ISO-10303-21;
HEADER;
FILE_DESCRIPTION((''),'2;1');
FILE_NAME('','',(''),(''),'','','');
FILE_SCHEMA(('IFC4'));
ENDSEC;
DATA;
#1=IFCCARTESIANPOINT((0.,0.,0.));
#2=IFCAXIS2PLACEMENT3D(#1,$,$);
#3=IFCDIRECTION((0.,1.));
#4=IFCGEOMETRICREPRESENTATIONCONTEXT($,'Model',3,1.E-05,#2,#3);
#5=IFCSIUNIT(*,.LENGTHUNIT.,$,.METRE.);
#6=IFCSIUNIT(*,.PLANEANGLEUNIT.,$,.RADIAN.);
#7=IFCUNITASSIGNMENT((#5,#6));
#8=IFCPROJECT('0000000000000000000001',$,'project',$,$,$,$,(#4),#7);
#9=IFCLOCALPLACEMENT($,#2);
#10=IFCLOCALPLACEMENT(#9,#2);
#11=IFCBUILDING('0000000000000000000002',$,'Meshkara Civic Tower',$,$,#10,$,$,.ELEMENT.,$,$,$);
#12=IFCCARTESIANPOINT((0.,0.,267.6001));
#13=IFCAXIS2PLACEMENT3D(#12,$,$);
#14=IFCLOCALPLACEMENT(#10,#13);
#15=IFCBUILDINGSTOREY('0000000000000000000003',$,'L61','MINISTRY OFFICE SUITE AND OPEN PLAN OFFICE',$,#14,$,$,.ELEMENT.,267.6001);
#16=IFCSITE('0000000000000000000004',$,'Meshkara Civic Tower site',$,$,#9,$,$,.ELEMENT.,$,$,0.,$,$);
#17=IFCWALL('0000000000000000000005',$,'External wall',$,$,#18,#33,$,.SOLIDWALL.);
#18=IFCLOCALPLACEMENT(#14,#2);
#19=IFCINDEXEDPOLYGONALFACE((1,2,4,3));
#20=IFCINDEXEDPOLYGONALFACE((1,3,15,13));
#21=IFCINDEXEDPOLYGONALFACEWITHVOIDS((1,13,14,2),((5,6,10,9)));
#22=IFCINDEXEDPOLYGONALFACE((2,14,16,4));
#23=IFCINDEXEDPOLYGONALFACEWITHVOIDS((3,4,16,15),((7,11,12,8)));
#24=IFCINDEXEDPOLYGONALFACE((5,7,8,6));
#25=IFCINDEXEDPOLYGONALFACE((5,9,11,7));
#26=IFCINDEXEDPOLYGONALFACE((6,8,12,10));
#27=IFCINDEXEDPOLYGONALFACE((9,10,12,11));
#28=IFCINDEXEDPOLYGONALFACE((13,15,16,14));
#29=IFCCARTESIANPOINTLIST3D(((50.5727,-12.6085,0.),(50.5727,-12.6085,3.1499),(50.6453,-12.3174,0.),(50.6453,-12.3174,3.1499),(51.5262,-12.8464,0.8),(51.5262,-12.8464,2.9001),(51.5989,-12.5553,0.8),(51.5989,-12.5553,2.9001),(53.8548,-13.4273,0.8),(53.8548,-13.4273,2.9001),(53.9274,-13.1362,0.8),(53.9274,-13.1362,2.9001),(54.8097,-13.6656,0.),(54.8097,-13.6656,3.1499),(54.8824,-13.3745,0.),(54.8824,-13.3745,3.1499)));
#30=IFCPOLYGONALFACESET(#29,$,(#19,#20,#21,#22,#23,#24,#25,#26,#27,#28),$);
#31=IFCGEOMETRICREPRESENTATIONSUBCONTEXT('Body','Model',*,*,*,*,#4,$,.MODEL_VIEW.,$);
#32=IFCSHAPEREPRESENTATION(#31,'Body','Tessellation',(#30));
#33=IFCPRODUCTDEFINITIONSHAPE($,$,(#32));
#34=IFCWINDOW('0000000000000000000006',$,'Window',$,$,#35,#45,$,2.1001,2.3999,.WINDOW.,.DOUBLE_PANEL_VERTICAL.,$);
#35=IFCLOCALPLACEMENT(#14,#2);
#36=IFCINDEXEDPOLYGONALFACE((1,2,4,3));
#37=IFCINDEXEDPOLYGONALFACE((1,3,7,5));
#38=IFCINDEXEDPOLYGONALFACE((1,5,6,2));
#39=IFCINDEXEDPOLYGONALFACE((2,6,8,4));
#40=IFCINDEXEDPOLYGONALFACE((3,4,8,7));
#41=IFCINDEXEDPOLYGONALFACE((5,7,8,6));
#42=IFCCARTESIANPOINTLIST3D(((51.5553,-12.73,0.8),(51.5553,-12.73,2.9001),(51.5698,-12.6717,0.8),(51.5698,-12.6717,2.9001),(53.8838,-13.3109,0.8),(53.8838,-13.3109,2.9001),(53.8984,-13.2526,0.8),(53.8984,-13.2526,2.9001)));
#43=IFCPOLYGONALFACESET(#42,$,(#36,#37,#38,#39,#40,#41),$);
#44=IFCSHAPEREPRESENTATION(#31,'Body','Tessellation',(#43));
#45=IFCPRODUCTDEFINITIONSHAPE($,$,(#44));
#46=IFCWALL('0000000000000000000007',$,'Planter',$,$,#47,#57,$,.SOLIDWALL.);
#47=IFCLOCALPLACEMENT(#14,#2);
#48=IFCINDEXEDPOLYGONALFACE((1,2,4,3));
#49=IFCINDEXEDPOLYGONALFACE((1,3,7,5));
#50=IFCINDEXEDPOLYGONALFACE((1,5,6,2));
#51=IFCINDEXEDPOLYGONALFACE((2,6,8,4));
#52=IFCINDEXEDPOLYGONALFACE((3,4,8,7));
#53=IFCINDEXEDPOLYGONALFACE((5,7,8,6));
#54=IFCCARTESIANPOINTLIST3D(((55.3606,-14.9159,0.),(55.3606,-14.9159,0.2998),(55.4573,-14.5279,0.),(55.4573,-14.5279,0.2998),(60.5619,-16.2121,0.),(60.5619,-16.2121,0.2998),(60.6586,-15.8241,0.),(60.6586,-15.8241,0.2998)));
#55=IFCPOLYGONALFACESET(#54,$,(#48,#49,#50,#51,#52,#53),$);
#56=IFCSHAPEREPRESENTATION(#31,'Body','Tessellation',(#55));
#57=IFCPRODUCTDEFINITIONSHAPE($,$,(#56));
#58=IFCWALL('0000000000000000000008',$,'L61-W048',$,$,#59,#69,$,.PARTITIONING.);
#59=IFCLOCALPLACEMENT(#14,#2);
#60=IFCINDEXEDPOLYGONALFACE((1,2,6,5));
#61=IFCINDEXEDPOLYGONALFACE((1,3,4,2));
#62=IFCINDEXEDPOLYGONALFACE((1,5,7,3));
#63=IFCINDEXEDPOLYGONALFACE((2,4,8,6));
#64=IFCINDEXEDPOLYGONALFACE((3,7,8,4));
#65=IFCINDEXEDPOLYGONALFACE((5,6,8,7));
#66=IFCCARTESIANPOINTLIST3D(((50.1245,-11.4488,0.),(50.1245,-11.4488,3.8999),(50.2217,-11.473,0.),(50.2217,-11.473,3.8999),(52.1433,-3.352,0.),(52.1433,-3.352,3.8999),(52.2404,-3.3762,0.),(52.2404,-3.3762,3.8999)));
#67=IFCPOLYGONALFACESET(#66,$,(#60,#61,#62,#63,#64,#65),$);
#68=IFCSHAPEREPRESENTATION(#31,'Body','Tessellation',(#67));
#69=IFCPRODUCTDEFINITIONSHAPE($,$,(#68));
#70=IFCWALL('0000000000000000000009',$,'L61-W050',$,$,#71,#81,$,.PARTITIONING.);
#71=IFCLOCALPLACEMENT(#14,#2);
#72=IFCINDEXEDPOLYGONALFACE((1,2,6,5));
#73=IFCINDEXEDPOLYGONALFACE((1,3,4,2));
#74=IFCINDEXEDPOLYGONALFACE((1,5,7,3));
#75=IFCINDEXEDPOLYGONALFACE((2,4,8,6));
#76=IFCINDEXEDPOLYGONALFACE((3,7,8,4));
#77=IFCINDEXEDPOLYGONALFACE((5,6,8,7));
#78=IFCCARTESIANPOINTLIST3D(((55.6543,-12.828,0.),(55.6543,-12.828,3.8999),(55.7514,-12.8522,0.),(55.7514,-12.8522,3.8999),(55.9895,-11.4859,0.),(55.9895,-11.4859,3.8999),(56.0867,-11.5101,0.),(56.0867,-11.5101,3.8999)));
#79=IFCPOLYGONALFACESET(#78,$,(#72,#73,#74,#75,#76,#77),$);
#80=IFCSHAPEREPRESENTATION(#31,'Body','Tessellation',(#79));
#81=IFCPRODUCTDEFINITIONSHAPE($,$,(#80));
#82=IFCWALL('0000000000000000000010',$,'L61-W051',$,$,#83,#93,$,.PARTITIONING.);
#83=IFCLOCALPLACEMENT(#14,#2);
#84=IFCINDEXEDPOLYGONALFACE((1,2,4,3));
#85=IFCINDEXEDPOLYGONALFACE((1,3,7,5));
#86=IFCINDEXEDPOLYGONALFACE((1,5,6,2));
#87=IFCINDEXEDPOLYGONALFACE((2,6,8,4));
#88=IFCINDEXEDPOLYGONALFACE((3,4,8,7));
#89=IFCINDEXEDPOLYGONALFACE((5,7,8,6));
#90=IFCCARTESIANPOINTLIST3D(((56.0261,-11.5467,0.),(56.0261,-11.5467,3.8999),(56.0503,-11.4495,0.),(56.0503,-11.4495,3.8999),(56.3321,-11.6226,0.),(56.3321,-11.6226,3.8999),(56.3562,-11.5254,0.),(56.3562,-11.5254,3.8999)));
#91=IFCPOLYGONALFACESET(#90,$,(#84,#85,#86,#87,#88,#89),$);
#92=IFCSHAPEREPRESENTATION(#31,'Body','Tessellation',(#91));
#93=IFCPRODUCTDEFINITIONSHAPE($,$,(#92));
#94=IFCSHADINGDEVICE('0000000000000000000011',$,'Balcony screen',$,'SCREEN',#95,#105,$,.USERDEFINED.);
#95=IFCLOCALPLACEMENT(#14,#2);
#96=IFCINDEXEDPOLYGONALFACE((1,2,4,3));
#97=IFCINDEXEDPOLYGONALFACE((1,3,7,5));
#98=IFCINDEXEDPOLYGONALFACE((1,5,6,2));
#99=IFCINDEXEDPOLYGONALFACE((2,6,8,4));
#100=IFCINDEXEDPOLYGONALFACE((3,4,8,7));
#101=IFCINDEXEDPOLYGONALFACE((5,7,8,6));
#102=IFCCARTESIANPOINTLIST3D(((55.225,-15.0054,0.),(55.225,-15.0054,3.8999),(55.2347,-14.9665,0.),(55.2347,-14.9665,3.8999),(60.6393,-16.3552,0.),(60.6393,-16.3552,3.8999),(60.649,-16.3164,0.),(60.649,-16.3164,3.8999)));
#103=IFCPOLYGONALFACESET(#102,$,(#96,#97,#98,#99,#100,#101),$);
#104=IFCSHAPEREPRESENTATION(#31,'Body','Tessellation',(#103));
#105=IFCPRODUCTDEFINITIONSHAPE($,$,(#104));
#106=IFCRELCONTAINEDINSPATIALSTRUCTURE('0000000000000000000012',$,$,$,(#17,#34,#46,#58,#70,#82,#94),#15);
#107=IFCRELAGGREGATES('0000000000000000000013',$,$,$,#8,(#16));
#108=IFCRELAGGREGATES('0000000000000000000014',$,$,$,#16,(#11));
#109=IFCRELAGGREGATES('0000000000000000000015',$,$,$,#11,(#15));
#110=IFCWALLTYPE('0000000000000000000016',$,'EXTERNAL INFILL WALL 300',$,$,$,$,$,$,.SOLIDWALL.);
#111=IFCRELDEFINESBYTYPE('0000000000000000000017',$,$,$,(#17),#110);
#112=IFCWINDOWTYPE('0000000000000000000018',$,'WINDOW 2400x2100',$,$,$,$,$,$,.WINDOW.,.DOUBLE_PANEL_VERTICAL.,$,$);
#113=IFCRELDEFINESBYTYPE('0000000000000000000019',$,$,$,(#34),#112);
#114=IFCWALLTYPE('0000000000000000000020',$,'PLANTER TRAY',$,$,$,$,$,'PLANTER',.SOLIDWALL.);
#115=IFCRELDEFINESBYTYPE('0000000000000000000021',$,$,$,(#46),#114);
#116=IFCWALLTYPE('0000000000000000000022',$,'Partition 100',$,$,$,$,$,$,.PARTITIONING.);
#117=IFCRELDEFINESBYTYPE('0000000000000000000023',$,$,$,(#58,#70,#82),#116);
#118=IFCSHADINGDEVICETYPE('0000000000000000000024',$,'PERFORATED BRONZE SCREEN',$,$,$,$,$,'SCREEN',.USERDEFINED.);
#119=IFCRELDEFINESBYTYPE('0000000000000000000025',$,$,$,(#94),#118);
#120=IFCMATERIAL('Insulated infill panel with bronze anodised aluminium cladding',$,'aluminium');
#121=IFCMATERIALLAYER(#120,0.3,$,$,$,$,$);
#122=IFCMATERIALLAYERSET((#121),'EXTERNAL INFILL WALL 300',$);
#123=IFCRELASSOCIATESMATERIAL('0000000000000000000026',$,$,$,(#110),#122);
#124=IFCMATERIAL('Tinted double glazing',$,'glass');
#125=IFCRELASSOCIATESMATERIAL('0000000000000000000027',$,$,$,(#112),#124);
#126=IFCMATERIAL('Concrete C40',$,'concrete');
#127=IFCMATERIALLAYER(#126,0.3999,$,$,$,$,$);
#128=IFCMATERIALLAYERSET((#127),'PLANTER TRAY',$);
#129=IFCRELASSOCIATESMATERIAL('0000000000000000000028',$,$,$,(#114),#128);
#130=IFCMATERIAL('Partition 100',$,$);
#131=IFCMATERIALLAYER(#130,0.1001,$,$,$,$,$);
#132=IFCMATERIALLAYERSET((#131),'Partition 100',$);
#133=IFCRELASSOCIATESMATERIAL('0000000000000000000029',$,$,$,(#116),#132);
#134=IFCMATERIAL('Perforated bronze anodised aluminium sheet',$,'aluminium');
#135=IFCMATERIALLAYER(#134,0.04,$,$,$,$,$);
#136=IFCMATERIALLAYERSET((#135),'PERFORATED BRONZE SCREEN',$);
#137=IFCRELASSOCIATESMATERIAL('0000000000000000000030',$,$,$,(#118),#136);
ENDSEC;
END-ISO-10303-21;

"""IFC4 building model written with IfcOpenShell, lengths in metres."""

from ifc_helpers import new_model, si_unit, direction, frame, frame_2d, origin, origin_2d, place, context, subcontext, project, spatial, rectangle, extrude, material, layer, layer_set, type_object, element, fill, save


model = new_model("IFC4")

# Units and contexts
model_context = context("Model", 3, precision=1e-05, world=origin(), true_north=direction((0.0, 1.0)))
body_context = subcontext(model_context, "Body", "Model", "MODEL_VIEW")
ifc_project = project(units=[si_unit("LENGTHUNIT", "METRE"), si_unit("PLANEANGLEUNIT", "RADIAN")], contexts=[model_context])

# Site, building, storey
site_placement = place(None, origin())
site = spatial("IfcSite", under=ifc_project, at=site_placement, Name="Meshkara Civic Tower site", CompositionType="ELEMENT", RefElevation=0.0)
building_placement = place(site_placement, origin())
building = spatial("IfcBuilding", under=site, at=building_placement, Name="Meshkara Civic Tower", CompositionType="ELEMENT")
storey_placement = place(building_placement, frame((0.0, 0.0, 267.6001)))
storey = spatial("IfcBuildingStorey", under=building, at=storey_placement, Name="L61", Description="MINISTRY OFFICE SUITE AND OPEN PLAN OFFICE", CompositionType="ELEMENT", Elevation=267.6001)

# Wall, opening, window
ifc_material_1 = material(Name="Insulated infill panel with bronze anodised aluminium cladding", Category="aluminium")
ifc_layer_1 = layer(ifc_material_1, 0.3)
ifc_layer_set_1 = layer_set([ifc_layer_1], Name="EXTERNAL INFILL WALL 300")
wall_type_1 = type_object("IfcWallType", Name="EXTERNAL INFILL WALL 300", PredefinedType="SOLIDWALL", material=ifc_layer_set_1)
ifc_material_2 = material(Name="Tinted double glazing", Category="glass")
window_type = type_object("IfcWindowType", Name="WINDOW 2400x2100", PartitioningType="DOUBLE_PANEL_VERTICAL", PredefinedType="WINDOW", material=ifc_material_2)
wall_1_placement = place(storey_placement, frame((50.6089, -12.4629, 0.0), z_axis=(0.0, 0.0, 1.0), x_axis=(0.970257, -0.242075, 0.0)))
wall_1 = element("IfcWall", 1, at=wall_1_placement, inside=storey, type_object=wall_type_1, Name="External wall", PredefinedType="SOLIDWALL", context=body_context, shape_type="SweptSolid", body=[
    extrude(rectangle(XDim=4.3669, YDim=0.3, at=frame_2d((2.1836, 0.0))), origin(), (0.0, 0.0, 1.0), 3.1499),
])
opening_1_placement = place(wall_1_placement, frame((0.9829, 0.0, 0.8)))
opening_1 = element("IfcOpeningElement", 2, at=opening_1_placement, cuts=wall_1, PredefinedType="OPENING", context=body_context, shape_type="SweptSolid", body=[
    extrude(rectangle(XDim=2.3999, YDim=2.1001, at=frame_2d((1.2, 1.05))), frame((0.0, 0.1599, 0.0), z_axis=(0.0, -1.0, 0.0), x_axis=(1.0, 0.0, 0.0)), (0.0, 0.0, 1.0), 0.3201),
])
window_1_placement = place(opening_1_placement, origin())
window_1 = element("IfcWindow", 3, at=window_1_placement, inside=storey, type_object=window_type, Name="Window", OverallHeight=2.1001, OverallWidth=2.3999, PartitioningType="DOUBLE_PANEL_VERTICAL", PredefinedType="WINDOW", context=body_context, shape_type="SweptSolid", body=[
    extrude(rectangle(XDim=2.3999, YDim=2.1001, at=frame_2d((1.2, 1.05))), frame((0.0, 0.03, 0.0), z_axis=(0.0, -1.0, 0.0), x_axis=(1.0, 0.0, 0.0)), (0.0, 0.0, 1.0), 0.0601),
])
fill(opening_1, window_1)

# Walls
ifc_material_3 = material(Name="Concrete C40", Category="concrete")
ifc_layer_2 = layer(ifc_material_3, 0.3999)
ifc_layer_set_2 = layer_set([ifc_layer_2], Name="PLANTER TRAY")
wall_type_2 = type_object("IfcWallType", Name="PLANTER TRAY", ElementType="PLANTER", PredefinedType="SOLIDWALL", material=ifc_layer_set_2)
wall_2_placement = place(storey_placement, frame((55.4089, -14.7219, 0.0), z_axis=(0.0, 0.0, 1.0), x_axis=(0.970324, -0.241807, 0.0)))
element("IfcWall", 4, at=wall_2_placement, inside=storey, type_object=wall_type_2, Name="Planter", PredefinedType="SOLIDWALL", context=body_context, shape_type="SweptSolid", body=[
    extrude(rectangle(XDim=5.3604, YDim=0.3999, at=frame_2d((2.6802, 0.0))), origin(), (0.0, 0.0, 1.0), 0.2998),
])
ifc_material_4 = material(Name="Partition 100")
ifc_layer_3 = layer(ifc_material_4, 0.1001)
ifc_layer_set_3 = layer_set([ifc_layer_3], Name="Partition 100")
wall_type_3 = type_object("IfcWallType", Name="Partition 100", PredefinedType="PARTITIONING", material=ifc_layer_set_3)
wall_3_placement = place(storey_placement, frame((50.1731, -11.4609, 0.0), z_axis=(0.0, 0.0, 1.0), x_axis=(0.241923, 0.970295, 0.0)))
element("IfcWall", 5, at=wall_3_placement, inside=storey, type_object=wall_type_3, Name="L61-W048", PredefinedType="PARTITIONING", context=body_context, shape_type="SweptSolid", body=[
    extrude(rectangle(XDim=8.3447, YDim=0.1001, at=frame_2d((4.1724, 0.0))), origin(), (0.0, 0.0, 1.0), 3.8999),
])
wall_4_placement = place(storey_placement, frame((55.7029, -12.8401, 0.0), z_axis=(0.0, 0.0, 1.0), x_axis=(0.242328, 0.970194, 0.0)))
element("IfcWall", 6, at=wall_4_placement, inside=storey, type_object=wall_type_3, Name="L61-W050", PredefinedType="PARTITIONING", context=body_context, shape_type="SweptSolid", body=[
    extrude(rectangle(XDim=1.3833, YDim=0.1001, at=frame_2d((0.6917, 0.0))), origin(), (0.0, 0.0, 1.0), 3.8999),
])
wall_5_placement = place(storey_placement, frame((56.0381, -11.498, 0.0), z_axis=(0.0, 0.0, 1.0), x_axis=(0.970551, -0.240895, 0.0)))
element("IfcWall", 7, at=wall_5_placement, inside=storey, type_object=wall_type_3, Name="L61-W051", PredefinedType="PARTITIONING", context=body_context, shape_type="SweptSolid", body=[
    extrude(rectangle(XDim=0.3152, YDim=0.1001, at=frame_2d((0.1577, 0.0))), origin(), (0.0, 0.0, 1.0), 3.8999),
])

# Shading device
ifc_material_5 = material(Name="Perforated bronze anodised aluminium sheet", Category="aluminium")
ifc_layer_4 = layer(ifc_material_5, 0.04)
ifc_layer_set_4 = layer_set([ifc_layer_4], Name="PERFORATED BRONZE SCREEN")
shading_device_type = type_object("IfcShadingDeviceType", Name="PERFORATED BRONZE SCREEN", ElementType="SCREEN", PredefinedType="USERDEFINED", material=ifc_layer_set_4)
shading_device_placement = place(storey_placement, frame((57.937, -15.6609, 0.0), z_axis=(0.0, 0.0, 1.0), x_axis=(0.9703, -0.241905, 0.0)))
element("IfcShadingDevice", 8, at=shading_device_placement, inside=storey, type_object=shading_device_type, Name="Balcony screen", ObjectType="SCREEN", PredefinedType="USERDEFINED", context=body_context, shape_type="SweptSolid", body=[
    extrude(rectangle(XDim=5.5801, YDim=0.04, at=origin_2d()), origin(), (0.0, 0.0, 1.0), 3.8999),
])

save(model, "model.ifc")
